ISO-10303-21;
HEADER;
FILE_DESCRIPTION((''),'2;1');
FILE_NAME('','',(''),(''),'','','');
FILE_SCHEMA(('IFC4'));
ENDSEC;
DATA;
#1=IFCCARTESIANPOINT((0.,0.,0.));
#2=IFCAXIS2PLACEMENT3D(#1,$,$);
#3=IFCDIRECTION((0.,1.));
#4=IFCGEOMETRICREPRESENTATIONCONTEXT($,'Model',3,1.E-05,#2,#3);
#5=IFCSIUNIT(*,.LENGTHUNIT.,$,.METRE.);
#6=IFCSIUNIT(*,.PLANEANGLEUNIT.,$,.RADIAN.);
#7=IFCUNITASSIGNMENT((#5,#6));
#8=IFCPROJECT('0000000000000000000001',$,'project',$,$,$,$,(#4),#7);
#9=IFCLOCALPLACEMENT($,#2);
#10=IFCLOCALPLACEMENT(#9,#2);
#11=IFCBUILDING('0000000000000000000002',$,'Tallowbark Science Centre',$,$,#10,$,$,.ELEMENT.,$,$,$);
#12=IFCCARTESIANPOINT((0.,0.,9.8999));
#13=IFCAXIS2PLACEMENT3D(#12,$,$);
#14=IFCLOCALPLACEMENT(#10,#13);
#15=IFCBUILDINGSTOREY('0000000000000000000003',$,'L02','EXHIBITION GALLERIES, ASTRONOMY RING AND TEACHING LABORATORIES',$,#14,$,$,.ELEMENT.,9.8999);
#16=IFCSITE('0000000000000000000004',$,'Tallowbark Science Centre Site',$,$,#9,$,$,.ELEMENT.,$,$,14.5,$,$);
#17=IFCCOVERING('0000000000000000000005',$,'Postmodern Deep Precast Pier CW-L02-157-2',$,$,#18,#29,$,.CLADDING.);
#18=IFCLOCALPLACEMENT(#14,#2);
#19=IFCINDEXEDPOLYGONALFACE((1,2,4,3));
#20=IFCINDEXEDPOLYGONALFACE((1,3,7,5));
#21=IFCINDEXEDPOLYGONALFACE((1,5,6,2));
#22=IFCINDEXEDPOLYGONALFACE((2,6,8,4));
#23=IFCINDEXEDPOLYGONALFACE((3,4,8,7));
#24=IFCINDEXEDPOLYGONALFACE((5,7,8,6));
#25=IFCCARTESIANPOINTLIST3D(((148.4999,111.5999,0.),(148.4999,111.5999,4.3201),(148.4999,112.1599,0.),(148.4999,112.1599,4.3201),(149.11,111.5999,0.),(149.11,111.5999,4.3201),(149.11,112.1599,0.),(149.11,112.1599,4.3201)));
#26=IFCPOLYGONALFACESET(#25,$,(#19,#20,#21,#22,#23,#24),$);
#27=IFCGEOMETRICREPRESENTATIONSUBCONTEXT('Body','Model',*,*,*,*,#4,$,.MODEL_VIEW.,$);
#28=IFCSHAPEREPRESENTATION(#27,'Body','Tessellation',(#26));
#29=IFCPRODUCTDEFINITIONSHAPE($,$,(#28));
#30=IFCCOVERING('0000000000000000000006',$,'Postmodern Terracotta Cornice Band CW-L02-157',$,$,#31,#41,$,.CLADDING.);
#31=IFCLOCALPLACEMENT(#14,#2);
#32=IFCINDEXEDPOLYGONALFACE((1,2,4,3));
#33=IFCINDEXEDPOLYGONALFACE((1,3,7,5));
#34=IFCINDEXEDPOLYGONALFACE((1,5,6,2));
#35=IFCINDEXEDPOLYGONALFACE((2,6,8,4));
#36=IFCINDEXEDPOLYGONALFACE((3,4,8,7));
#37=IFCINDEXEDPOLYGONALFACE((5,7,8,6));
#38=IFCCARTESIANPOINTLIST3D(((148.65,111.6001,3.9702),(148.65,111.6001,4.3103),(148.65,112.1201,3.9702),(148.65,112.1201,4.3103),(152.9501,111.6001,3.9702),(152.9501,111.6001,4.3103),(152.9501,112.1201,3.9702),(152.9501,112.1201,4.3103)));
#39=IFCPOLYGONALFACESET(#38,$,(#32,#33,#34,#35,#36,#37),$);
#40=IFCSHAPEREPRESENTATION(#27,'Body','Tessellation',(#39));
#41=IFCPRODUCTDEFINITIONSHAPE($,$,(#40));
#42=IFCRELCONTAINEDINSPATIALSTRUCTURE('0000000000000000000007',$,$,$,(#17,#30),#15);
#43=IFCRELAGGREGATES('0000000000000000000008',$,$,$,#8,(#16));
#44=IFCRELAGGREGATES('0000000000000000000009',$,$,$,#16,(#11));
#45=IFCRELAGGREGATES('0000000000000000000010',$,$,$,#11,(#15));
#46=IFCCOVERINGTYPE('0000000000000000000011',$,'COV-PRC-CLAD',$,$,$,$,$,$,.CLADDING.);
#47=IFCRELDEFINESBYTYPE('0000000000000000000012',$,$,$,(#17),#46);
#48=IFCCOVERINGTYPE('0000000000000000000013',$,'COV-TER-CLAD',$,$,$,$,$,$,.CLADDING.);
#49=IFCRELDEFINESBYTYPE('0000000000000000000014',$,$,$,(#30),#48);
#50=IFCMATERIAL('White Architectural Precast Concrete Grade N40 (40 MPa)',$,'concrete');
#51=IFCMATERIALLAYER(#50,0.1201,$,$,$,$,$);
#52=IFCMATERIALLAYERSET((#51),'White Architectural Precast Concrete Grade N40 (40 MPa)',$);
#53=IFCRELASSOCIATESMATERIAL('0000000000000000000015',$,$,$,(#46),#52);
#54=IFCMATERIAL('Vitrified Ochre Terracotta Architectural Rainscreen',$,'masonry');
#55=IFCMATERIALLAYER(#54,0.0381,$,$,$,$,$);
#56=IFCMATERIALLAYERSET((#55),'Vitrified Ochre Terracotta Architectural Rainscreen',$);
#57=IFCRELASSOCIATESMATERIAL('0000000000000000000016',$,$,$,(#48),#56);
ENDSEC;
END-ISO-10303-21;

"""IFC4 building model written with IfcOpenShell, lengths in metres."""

from ifc_helpers import new_model, si_unit, direction, frame, origin, origin_2d, place, context, subcontext, project, spatial, rectangle, extrude, material, layer, layer_set, type_object, element, save


model = new_model("IFC4")

# Units and contexts
model_context = context("Model", 3, precision=1e-05, world=origin(), true_north=direction((0.0, 1.0)))
body_context = subcontext(model_context, "Body", "Model", "MODEL_VIEW")
ifc_project = project(units=[si_unit("LENGTHUNIT", "METRE"), si_unit("PLANEANGLEUNIT", "RADIAN")], contexts=[model_context])

# Site, building, storey
site_placement = place(None, origin())
site = spatial("IfcSite", under=ifc_project, at=site_placement, Name="Tallowbark Science Centre Site", CompositionType="ELEMENT", RefElevation=14.5)
building_placement = place(site_placement, origin())
building = spatial("IfcBuilding", under=site, at=building_placement, Name="Tallowbark Science Centre", CompositionType="ELEMENT")
storey_placement = place(building_placement, frame((0.0, 0.0, 9.8999)))
storey = spatial("IfcBuildingStorey", under=building, at=storey_placement, Name="L02", Description="EXHIBITION GALLERIES, ASTRONOMY RING AND TEACHING LABORATORIES", CompositionType="ELEMENT", Elevation=9.8999)

# Coverings
ifc_material_1 = material(Name="White Architectural Precast Concrete Grade N40 (40 MPa)", Category="concrete")
ifc_layer_1 = layer(ifc_material_1, 0.1201)
ifc_layer_set_1 = layer_set([ifc_layer_1], Name="White Architectural Precast Concrete Grade N40 (40 MPa)")
covering_type_1 = type_object("IfcCoveringType", Name="COV-PRC-CLAD", PredefinedType="CLADDING", material=ifc_layer_set_1)
covering_1_placement = place(storey_placement, frame((148.8049, 111.8799, 0.0), z_axis=(0.0, 0.0, 1.0), x_axis=(-1.0, 0.0, 0.0)))
element("IfcCovering", 1, at=covering_1_placement, inside=storey, type_object=covering_type_1, Name="Postmodern Deep Precast Pier CW-L02-157-2", PredefinedType="CLADDING", context=body_context, shape_type="SweptSolid", body=[
    extrude(rectangle(XDim=0.6101, YDim=0.5601, at=origin_2d()), origin(), (0.0, 0.0, 1.0), 4.3201),
])
ifc_material_2 = material(Name="Vitrified Ochre Terracotta Architectural Rainscreen", Category="masonry")
ifc_layer_2 = layer(ifc_material_2, 0.0381)
ifc_layer_set_2 = layer_set([ifc_layer_2], Name="Vitrified Ochre Terracotta Architectural Rainscreen")
covering_type_2 = type_object("IfcCoveringType", Name="COV-TER-CLAD", PredefinedType="CLADDING", material=ifc_layer_set_2)
covering_2_placement = place(storey_placement, frame((150.8, 111.8601, 3.9702), z_axis=(0.0, 0.0, 1.0), x_axis=(-1.0, 0.0, 0.0)))
element("IfcCovering", 2, at=covering_2_placement, inside=storey, type_object=covering_type_2, Name="Postmodern Terracotta Cornice Band CW-L02-157", PredefinedType="CLADDING", context=body_context, shape_type="SweptSolid", body=[
    extrude(rectangle(XDim=4.3, YDim=0.52, at=origin_2d()), origin(), (0.0, 0.0, 1.0), 0.3401),
])

save(model, "model.ifc")
